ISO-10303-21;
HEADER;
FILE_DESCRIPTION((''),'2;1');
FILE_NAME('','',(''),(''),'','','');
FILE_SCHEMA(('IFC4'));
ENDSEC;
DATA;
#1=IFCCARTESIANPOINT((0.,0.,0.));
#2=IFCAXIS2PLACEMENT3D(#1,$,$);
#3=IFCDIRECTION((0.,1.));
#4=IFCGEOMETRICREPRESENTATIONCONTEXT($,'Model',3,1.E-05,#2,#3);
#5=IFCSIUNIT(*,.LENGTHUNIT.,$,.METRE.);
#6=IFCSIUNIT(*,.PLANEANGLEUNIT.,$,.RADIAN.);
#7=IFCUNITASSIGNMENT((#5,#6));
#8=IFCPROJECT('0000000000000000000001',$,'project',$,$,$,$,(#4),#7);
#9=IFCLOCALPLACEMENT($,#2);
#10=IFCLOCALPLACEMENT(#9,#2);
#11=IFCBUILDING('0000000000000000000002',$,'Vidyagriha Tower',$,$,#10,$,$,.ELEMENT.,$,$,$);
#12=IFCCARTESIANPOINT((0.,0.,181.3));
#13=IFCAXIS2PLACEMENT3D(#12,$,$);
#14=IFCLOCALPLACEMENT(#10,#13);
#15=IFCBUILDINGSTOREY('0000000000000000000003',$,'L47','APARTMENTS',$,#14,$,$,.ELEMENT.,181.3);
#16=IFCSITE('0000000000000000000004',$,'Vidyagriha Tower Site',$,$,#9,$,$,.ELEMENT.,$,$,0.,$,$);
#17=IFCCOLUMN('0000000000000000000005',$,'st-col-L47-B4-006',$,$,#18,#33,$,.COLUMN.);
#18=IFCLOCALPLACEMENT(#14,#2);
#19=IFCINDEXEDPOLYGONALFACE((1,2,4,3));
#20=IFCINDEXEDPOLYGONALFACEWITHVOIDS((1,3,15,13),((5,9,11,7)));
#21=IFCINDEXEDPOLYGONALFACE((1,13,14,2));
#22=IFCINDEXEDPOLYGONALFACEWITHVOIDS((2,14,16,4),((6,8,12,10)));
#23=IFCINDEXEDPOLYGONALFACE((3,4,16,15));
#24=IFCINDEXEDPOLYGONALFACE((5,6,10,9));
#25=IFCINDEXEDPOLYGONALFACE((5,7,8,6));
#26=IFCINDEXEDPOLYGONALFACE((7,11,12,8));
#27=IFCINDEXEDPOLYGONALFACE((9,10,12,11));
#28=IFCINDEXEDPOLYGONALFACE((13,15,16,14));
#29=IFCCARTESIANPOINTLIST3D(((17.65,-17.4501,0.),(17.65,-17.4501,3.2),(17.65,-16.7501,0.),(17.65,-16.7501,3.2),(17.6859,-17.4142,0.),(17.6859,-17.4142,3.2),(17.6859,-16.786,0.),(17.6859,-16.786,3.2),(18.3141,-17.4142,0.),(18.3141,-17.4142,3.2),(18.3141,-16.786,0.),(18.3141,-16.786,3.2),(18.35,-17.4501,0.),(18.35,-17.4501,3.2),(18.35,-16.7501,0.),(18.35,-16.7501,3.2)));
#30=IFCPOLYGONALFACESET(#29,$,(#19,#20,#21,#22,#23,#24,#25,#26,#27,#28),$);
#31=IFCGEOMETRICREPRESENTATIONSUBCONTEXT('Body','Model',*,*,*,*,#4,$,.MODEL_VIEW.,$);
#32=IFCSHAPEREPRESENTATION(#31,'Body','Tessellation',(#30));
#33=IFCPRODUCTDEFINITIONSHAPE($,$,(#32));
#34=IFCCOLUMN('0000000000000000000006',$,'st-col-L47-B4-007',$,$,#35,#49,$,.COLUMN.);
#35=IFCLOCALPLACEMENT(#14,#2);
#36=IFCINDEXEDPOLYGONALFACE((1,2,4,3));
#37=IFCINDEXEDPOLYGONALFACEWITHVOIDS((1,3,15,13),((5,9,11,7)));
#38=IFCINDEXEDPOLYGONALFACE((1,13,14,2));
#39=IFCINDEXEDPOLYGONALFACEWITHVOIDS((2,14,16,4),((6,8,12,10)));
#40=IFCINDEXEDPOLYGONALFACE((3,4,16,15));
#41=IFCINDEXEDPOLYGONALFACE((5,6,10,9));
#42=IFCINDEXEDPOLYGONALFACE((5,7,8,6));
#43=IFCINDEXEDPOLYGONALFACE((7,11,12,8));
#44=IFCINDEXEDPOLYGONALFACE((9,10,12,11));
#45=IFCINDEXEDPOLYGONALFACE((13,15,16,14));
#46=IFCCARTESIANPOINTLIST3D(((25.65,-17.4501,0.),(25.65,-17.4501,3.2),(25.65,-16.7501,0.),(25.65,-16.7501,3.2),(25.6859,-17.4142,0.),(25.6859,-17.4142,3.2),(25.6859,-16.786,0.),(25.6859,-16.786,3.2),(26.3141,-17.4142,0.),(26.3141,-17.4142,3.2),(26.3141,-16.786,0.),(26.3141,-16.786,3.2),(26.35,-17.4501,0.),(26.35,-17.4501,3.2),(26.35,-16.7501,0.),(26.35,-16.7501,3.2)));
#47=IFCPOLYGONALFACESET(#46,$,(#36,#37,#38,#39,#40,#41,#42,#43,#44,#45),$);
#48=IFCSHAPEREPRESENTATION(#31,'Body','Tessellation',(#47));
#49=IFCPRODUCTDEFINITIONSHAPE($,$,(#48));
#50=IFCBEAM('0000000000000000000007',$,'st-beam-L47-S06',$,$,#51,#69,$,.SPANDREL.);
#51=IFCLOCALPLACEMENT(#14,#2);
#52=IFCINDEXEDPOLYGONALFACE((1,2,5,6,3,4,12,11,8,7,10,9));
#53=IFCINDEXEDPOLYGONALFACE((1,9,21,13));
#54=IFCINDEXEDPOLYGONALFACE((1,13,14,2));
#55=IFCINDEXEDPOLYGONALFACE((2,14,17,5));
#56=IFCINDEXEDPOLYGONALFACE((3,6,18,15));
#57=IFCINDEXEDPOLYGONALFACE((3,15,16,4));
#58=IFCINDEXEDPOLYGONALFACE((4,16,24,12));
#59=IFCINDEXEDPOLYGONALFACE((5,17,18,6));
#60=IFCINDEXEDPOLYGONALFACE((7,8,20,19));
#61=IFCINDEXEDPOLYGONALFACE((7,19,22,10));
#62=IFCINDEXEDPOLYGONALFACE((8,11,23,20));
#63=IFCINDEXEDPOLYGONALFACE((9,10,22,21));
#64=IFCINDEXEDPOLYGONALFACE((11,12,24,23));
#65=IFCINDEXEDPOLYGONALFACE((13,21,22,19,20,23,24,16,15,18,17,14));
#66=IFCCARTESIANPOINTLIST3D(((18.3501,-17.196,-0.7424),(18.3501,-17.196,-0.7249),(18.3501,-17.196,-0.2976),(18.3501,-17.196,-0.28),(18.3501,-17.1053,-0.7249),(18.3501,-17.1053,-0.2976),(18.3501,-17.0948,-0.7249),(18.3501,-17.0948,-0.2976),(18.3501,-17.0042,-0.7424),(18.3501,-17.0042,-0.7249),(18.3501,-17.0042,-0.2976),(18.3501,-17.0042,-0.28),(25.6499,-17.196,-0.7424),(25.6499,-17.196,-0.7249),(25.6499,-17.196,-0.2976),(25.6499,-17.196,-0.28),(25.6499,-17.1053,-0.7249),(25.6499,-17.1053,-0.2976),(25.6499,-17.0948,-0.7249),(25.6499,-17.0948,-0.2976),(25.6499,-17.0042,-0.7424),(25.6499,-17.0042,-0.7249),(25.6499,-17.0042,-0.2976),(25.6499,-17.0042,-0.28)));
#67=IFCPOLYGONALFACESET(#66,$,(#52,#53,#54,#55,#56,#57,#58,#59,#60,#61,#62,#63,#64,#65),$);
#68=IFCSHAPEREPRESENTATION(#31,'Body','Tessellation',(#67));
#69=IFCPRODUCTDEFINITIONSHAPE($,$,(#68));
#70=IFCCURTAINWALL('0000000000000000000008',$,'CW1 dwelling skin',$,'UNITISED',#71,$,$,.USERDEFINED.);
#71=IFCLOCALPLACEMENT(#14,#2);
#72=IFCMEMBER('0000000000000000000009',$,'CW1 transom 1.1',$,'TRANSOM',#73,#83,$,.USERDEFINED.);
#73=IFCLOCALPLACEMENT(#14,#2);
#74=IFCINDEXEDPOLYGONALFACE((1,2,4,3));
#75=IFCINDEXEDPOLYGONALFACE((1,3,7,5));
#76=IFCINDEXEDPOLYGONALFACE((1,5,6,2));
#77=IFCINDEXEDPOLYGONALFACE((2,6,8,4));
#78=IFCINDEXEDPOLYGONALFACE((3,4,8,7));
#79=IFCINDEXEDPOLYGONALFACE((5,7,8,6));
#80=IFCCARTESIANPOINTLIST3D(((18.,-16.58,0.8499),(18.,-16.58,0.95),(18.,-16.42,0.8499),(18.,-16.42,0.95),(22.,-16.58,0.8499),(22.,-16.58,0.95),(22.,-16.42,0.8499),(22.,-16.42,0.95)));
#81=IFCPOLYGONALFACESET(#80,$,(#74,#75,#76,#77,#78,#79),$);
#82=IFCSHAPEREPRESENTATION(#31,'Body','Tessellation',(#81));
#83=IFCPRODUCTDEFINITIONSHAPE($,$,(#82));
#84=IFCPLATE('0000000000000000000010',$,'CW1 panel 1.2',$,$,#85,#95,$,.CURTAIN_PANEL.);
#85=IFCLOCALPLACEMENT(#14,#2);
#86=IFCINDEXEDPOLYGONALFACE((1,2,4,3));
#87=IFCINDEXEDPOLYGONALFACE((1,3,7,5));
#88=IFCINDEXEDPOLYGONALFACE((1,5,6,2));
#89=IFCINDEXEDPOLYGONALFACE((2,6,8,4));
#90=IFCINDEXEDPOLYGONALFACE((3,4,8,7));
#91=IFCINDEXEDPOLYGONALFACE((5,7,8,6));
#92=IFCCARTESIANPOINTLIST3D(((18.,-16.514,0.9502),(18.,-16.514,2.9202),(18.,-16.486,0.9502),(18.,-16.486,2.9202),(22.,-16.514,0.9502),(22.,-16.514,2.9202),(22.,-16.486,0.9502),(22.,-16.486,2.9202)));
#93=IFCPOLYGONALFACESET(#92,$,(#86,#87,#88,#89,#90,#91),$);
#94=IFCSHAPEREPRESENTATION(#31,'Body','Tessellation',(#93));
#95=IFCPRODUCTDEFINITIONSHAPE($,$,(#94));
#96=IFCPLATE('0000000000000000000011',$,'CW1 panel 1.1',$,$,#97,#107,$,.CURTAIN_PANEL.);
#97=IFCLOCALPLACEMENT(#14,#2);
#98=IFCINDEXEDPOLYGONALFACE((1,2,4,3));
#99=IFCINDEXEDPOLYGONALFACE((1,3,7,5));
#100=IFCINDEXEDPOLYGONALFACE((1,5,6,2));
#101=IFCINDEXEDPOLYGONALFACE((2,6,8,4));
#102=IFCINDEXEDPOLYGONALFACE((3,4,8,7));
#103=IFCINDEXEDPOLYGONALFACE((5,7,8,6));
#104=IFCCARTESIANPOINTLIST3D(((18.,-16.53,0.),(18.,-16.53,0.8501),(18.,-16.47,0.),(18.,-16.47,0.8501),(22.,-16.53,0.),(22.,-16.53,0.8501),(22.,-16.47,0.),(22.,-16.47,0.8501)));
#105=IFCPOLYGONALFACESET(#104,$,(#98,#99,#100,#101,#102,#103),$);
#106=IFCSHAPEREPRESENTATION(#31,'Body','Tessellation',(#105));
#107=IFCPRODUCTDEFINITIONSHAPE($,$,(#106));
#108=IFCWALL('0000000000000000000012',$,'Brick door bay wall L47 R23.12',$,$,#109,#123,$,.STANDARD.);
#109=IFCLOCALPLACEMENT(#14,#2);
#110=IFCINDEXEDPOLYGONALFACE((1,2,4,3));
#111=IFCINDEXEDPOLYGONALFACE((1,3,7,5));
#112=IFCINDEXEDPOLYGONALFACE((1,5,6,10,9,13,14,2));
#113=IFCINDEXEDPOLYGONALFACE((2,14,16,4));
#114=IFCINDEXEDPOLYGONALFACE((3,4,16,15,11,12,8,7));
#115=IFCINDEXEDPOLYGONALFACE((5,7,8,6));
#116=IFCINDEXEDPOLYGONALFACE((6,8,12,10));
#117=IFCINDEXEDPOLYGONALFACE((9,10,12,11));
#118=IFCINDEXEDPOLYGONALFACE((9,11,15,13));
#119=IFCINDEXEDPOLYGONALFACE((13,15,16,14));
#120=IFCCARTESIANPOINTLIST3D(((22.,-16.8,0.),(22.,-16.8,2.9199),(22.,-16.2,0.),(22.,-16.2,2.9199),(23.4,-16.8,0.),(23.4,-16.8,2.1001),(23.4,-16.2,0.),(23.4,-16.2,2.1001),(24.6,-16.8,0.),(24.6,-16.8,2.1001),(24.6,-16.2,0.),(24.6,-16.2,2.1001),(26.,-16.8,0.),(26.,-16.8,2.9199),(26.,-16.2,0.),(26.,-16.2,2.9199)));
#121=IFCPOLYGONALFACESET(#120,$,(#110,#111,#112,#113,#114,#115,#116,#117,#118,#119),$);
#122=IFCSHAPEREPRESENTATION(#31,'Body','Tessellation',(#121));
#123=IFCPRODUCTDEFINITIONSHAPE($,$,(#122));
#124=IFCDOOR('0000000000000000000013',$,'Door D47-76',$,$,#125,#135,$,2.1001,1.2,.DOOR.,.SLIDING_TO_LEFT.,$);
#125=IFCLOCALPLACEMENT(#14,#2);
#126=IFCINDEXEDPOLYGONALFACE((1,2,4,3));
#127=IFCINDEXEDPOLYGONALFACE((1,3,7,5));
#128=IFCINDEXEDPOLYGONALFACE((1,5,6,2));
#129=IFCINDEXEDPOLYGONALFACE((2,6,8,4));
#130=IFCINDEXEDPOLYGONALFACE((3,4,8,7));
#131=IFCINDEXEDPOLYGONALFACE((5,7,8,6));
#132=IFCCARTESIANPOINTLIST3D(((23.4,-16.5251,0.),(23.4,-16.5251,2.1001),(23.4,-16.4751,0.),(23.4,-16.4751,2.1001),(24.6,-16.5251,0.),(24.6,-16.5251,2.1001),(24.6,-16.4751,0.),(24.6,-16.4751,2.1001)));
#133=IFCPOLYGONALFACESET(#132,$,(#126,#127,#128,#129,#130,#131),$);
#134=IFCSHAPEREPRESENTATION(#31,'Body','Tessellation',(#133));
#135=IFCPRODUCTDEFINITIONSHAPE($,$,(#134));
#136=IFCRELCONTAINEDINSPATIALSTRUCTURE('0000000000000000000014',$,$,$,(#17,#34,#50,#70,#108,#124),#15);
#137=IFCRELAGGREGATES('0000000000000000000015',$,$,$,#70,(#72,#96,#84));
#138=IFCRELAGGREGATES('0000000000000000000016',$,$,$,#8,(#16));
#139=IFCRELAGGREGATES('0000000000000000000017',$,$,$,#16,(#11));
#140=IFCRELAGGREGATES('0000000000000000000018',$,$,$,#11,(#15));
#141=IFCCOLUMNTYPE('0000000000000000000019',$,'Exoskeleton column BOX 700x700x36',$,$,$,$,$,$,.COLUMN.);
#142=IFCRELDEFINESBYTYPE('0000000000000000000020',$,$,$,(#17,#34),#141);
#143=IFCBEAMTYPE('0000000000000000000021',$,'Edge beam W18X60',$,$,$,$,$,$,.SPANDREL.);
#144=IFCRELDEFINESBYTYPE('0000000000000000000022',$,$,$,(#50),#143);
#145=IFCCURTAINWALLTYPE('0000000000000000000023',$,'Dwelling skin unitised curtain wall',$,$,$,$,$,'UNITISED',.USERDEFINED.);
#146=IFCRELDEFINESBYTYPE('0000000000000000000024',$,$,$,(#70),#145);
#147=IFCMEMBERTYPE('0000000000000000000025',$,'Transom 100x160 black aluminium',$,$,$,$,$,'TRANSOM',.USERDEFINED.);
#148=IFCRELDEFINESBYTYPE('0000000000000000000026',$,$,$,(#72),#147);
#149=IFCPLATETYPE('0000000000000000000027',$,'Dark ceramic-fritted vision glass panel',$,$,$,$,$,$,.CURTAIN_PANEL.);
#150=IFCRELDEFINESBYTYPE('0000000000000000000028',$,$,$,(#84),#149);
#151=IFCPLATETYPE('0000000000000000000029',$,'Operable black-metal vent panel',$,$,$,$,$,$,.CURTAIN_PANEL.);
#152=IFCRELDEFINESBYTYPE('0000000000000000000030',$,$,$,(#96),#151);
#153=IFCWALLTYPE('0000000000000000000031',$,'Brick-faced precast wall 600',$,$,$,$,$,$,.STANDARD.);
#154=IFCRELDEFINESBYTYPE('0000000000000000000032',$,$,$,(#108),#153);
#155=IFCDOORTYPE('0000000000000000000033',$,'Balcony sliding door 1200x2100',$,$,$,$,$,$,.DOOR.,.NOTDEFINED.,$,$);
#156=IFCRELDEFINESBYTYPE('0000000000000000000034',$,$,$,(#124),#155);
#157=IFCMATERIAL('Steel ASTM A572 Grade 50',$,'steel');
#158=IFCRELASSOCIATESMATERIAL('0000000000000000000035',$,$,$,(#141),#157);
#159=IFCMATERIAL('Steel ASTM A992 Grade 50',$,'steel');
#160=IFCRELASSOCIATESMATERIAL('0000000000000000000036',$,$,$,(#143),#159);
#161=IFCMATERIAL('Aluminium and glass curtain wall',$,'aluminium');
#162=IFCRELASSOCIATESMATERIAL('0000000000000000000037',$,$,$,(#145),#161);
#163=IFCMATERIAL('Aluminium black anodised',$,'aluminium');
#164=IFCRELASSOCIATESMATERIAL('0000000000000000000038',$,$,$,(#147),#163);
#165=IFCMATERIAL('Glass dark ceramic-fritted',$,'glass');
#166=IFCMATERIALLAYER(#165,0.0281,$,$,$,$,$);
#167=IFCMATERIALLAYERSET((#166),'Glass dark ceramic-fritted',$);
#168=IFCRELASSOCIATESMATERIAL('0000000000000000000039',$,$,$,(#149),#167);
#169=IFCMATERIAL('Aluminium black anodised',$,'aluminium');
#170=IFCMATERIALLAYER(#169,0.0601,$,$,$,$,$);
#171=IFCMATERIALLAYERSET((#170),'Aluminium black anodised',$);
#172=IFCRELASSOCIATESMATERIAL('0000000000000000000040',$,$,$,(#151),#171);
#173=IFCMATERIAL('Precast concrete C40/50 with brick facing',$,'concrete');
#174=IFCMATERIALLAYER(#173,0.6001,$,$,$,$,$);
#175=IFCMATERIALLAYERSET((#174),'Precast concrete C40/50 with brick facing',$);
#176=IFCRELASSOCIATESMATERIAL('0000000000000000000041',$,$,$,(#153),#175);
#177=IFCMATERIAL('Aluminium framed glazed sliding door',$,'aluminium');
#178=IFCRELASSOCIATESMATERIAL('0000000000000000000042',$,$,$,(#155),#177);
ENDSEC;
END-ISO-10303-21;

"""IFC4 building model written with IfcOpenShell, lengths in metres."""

from ifc_helpers import new_model, si_unit, direction, frame, frame_2d, origin, origin_2d, place, context, subcontext, project, spatial, rectangle, hollow_rectangle, i_section, extrude, material, layer, layer_set, material_profile, profile_set, type_object, element, fill, aggregate, save


model = new_model("IFC4")

# Units and contexts
model_context = context("Model", 3, precision=1e-05, world=origin(), true_north=direction((0.0, 1.0)))
body_context = subcontext(model_context, "Body", "Model", "MODEL_VIEW")
ifc_project = project(units=[si_unit("LENGTHUNIT", "METRE"), si_unit("PLANEANGLEUNIT", "RADIAN")], contexts=[model_context])

# Site, building, storey
site_placement = place(None, origin())
site = spatial("IfcSite", under=ifc_project, at=site_placement, Name="Vidyagriha Tower Site", CompositionType="ELEMENT", RefElevation=0.0)
building_placement = place(site_placement, origin())
building = spatial("IfcBuilding", under=site, at=building_placement, Name="Vidyagriha Tower", CompositionType="ELEMENT")
storey_placement = place(building_placement, frame((0.0, 0.0, 181.3)))
storey = spatial("IfcBuildingStorey", under=building, at=storey_placement, Name="L47", Description="APARTMENTS", CompositionType="ELEMENT", Elevation=181.3)

# Columns
ifc_material_1 = material(Name="Steel ASTM A572 Grade 50", Category="steel")
ifc_material_profile_1 = material_profile(ifc_material_1, hollow_rectangle(XDim=0.7, YDim=0.7, WallThickness=0.0359, at=origin_2d()), Name="BOX 700x700x36")
ifc_profile_set_1 = profile_set([ifc_material_profile_1], Name="Steel ASTM A572 Grade 50")
column_type = type_object("IfcColumnType", Name="Exoskeleton column BOX 700x700x36", PredefinedType="COLUMN", material=ifc_profile_set_1)
for number, where, name in (
    (1, (18.0, -17.1001, 0.0), "st-col-L47-B4-006"),
    (2, (26.0, -17.1001, 0.0), "st-col-L47-B4-007"),
):
    element("IfcColumn", number, at=place(storey_placement, frame(where)), inside=storey, type_object=column_type, Name=name, PredefinedType="COLUMN", context=body_context, shape_type="SweptSolid", body=[
        extrude(hollow_rectangle(XDim=0.7, YDim=0.7, WallThickness=0.0359, at=origin_2d()), origin(), (0.0, 0.0, 1.0), 3.2),
    ])

# Beam
ifc_material_2 = material(Name="Steel ASTM A992 Grade 50", Category="steel")
ifc_material_profile_2 = material_profile(ifc_material_2, i_section(OverallWidth=0.1919, OverallDepth=0.4624, WebThickness=0.0105, FlangeThickness=0.0176, at=origin_2d()), Name="W18X60")
ifc_profile_set_2 = profile_set([ifc_material_profile_2], Name="Steel ASTM A992 Grade 50")
beam_type = type_object("IfcBeamType", Name="Edge beam W18X60", PredefinedType="SPANDREL", material=ifc_profile_set_2)
beam_placement = place(storey_placement, frame((18.3501, -17.1001, -0.5112), z_axis=(1.0, 0.0, 0.0), x_axis=(0.0, 1.0, 0.0)))
element("IfcBeam", 3, at=beam_placement, inside=storey, type_object=beam_type, Name="st-beam-L47-S06", PredefinedType="SPANDREL", context=body_context, shape_type="SweptSolid", body=[
    extrude(i_section(OverallWidth=0.1919, OverallDepth=0.4624, WebThickness=0.0105, FlangeThickness=0.0176, at=origin_2d()), origin(), (0.0, 0.0, 1.0), 7.2998),
])

# Curtain wall, member, plates
ifc_material_3 = material(Name="Aluminium and glass curtain wall", Category="aluminium")
curtain_wall_type = type_object("IfcCurtainWallType", Name="Dwelling skin unitised curtain wall", ElementType="UNITISED", PredefinedType="USERDEFINED", material=ifc_material_3)
curtain_wall_placement = place(storey_placement, origin())
curtain_wall = element("IfcCurtainWall", 4, at=curtain_wall_placement, inside=storey, type_object=curtain_wall_type, Name="CW1 dwelling skin", ObjectType="UNITISED", PredefinedType="USERDEFINED")
ifc_material_4 = material(Name="Aluminium black anodised", Category="aluminium")
ifc_material_profile_3 = material_profile(ifc_material_4, rectangle(XDim=0.1599, YDim=0.1001, at=origin_2d()), Name="Transom 100x160 black aluminium")
ifc_profile_set_3 = profile_set([ifc_material_profile_3], Name="Aluminium black anodised")
member_type = type_object("IfcMemberType", Name="Transom 100x160 black aluminium", ElementType="TRANSOM", PredefinedType="USERDEFINED", material=ifc_profile_set_3)
member_placement = place(storey_placement, frame((18.0, -16.5, 0.8999), z_axis=(1.0, 0.0, 0.0), x_axis=(0.0, 1.0, 0.0)))
member = element("IfcMember", 5, at=member_placement, type_object=member_type, Name="CW1 transom 1.1", ObjectType="TRANSOM", PredefinedType="USERDEFINED", context=body_context, shape_type="SweptSolid", body=[
    extrude(rectangle(XDim=0.1599, YDim=0.1001, at=origin_2d()), origin(), (0.0, 0.0, 1.0), 4.0),
])
ifc_material_5 = material(Name="Glass dark ceramic-fritted", Category="glass")
ifc_layer_1 = layer(ifc_material_5, 0.0281)
ifc_layer_set_1 = layer_set([ifc_layer_1], Name="Glass dark ceramic-fritted")
plate_type_1 = type_object("IfcPlateType", Name="Dark ceramic-fritted vision glass panel", PredefinedType="CURTAIN_PANEL", material=ifc_layer_set_1)
plate_1_placement = place(storey_placement, frame((20.0, -16.5, 0.9502)))
plate_1 = element("IfcPlate", 6, at=plate_1_placement, type_object=plate_type_1, Name="CW1 panel 1.2", PredefinedType="CURTAIN_PANEL", context=body_context, shape_type="SweptSolid", body=[
    extrude(rectangle(XDim=4.0, YDim=0.0281, at=origin_2d()), origin(), (0.0, 0.0, 1.0), 1.97),
])
ifc_material_6 = material(Name="Aluminium black anodised", Category="aluminium")
ifc_layer_2 = layer(ifc_material_6, 0.0601)
ifc_layer_set_2 = layer_set([ifc_layer_2], Name="Aluminium black anodised")
plate_type_2 = type_object("IfcPlateType", Name="Operable black-metal vent panel", PredefinedType="CURTAIN_PANEL", material=ifc_layer_set_2)
plate_2_placement = place(storey_placement, frame((20.0, -16.5, 0.0)))
plate_2 = element("IfcPlate", 7, at=plate_2_placement, type_object=plate_type_2, Name="CW1 panel 1.1", PredefinedType="CURTAIN_PANEL", context=body_context, shape_type="SweptSolid", body=[
    extrude(rectangle(XDim=4.0, YDim=0.0601, at=origin_2d()), origin(), (0.0, 0.0, 1.0), 0.8501),
])
aggregate(curtain_wall, [member, plate_2, plate_1])

# Wall, opening, door
ifc_material_7 = material(Name="Precast concrete C40/50 with brick facing", Category="concrete")
ifc_layer_3 = layer(ifc_material_7, 0.6001)
ifc_layer_set_3 = layer_set([ifc_layer_3], Name="Precast concrete C40/50 with brick facing")
wall_type = type_object("IfcWallType", Name="Brick-faced precast wall 600", PredefinedType="STANDARD", material=ifc_layer_set_3)
wall_placement = place(storey_placement, frame((22.0, -16.5, 0.0)))
wall = element("IfcWall", 8, at=wall_placement, inside=storey, type_object=wall_type, Name="Brick door bay wall L47 R23.12", PredefinedType="STANDARD", context=body_context, shape_type="SweptSolid", body=[
    extrude(rectangle(XDim=4.0, YDim=0.6001, at=frame_2d((2.0, 0.0))), origin(), (0.0, 0.0, 1.0), 2.9199),
])
opening_placement = place(wall_placement, frame((1.3999, 0.0, 0.0)))
opening = element("IfcOpeningElement", 9, at=opening_placement, cuts=wall, PredefinedType="OPENING", context=body_context, shape_type="SweptSolid", body=[
    extrude(rectangle(XDim=1.2, YDim=2.1001, at=frame_2d((0.6001, 1.05))), frame((0.0, 0.3101, 0.0), z_axis=(0.0, -1.0, 0.0), x_axis=(1.0, 0.0, 0.0)), (0.0, 0.0, 1.0), 0.6201),
])
ifc_material_8 = material(Name="Aluminium framed glazed sliding door", Category="aluminium")
door_type = type_object("IfcDoorType", Name="Balcony sliding door 1200x2100", OperationType="NOTDEFINED", PredefinedType="DOOR", material=ifc_material_8)
door_placement = place(opening_placement, origin())
door = element("IfcDoor", 10, at=door_placement, inside=storey, type_object=door_type, Name="Door D47-76", OperationType="SLIDING_TO_LEFT", OverallHeight=2.1001, OverallWidth=1.2, PredefinedType="DOOR", context=body_context, shape_type="SweptSolid", body=[
    extrude(rectangle(XDim=1.2, YDim=2.1001, at=frame_2d((0.6001, 1.05))), frame((0.0, 0.0249, 0.0), z_axis=(0.0, -1.0, 0.0), x_axis=(1.0, 0.0, 0.0)), (0.0, 0.0, 1.0), 0.05),
])
fill(opening, door)

save(model, "model.ifc")
